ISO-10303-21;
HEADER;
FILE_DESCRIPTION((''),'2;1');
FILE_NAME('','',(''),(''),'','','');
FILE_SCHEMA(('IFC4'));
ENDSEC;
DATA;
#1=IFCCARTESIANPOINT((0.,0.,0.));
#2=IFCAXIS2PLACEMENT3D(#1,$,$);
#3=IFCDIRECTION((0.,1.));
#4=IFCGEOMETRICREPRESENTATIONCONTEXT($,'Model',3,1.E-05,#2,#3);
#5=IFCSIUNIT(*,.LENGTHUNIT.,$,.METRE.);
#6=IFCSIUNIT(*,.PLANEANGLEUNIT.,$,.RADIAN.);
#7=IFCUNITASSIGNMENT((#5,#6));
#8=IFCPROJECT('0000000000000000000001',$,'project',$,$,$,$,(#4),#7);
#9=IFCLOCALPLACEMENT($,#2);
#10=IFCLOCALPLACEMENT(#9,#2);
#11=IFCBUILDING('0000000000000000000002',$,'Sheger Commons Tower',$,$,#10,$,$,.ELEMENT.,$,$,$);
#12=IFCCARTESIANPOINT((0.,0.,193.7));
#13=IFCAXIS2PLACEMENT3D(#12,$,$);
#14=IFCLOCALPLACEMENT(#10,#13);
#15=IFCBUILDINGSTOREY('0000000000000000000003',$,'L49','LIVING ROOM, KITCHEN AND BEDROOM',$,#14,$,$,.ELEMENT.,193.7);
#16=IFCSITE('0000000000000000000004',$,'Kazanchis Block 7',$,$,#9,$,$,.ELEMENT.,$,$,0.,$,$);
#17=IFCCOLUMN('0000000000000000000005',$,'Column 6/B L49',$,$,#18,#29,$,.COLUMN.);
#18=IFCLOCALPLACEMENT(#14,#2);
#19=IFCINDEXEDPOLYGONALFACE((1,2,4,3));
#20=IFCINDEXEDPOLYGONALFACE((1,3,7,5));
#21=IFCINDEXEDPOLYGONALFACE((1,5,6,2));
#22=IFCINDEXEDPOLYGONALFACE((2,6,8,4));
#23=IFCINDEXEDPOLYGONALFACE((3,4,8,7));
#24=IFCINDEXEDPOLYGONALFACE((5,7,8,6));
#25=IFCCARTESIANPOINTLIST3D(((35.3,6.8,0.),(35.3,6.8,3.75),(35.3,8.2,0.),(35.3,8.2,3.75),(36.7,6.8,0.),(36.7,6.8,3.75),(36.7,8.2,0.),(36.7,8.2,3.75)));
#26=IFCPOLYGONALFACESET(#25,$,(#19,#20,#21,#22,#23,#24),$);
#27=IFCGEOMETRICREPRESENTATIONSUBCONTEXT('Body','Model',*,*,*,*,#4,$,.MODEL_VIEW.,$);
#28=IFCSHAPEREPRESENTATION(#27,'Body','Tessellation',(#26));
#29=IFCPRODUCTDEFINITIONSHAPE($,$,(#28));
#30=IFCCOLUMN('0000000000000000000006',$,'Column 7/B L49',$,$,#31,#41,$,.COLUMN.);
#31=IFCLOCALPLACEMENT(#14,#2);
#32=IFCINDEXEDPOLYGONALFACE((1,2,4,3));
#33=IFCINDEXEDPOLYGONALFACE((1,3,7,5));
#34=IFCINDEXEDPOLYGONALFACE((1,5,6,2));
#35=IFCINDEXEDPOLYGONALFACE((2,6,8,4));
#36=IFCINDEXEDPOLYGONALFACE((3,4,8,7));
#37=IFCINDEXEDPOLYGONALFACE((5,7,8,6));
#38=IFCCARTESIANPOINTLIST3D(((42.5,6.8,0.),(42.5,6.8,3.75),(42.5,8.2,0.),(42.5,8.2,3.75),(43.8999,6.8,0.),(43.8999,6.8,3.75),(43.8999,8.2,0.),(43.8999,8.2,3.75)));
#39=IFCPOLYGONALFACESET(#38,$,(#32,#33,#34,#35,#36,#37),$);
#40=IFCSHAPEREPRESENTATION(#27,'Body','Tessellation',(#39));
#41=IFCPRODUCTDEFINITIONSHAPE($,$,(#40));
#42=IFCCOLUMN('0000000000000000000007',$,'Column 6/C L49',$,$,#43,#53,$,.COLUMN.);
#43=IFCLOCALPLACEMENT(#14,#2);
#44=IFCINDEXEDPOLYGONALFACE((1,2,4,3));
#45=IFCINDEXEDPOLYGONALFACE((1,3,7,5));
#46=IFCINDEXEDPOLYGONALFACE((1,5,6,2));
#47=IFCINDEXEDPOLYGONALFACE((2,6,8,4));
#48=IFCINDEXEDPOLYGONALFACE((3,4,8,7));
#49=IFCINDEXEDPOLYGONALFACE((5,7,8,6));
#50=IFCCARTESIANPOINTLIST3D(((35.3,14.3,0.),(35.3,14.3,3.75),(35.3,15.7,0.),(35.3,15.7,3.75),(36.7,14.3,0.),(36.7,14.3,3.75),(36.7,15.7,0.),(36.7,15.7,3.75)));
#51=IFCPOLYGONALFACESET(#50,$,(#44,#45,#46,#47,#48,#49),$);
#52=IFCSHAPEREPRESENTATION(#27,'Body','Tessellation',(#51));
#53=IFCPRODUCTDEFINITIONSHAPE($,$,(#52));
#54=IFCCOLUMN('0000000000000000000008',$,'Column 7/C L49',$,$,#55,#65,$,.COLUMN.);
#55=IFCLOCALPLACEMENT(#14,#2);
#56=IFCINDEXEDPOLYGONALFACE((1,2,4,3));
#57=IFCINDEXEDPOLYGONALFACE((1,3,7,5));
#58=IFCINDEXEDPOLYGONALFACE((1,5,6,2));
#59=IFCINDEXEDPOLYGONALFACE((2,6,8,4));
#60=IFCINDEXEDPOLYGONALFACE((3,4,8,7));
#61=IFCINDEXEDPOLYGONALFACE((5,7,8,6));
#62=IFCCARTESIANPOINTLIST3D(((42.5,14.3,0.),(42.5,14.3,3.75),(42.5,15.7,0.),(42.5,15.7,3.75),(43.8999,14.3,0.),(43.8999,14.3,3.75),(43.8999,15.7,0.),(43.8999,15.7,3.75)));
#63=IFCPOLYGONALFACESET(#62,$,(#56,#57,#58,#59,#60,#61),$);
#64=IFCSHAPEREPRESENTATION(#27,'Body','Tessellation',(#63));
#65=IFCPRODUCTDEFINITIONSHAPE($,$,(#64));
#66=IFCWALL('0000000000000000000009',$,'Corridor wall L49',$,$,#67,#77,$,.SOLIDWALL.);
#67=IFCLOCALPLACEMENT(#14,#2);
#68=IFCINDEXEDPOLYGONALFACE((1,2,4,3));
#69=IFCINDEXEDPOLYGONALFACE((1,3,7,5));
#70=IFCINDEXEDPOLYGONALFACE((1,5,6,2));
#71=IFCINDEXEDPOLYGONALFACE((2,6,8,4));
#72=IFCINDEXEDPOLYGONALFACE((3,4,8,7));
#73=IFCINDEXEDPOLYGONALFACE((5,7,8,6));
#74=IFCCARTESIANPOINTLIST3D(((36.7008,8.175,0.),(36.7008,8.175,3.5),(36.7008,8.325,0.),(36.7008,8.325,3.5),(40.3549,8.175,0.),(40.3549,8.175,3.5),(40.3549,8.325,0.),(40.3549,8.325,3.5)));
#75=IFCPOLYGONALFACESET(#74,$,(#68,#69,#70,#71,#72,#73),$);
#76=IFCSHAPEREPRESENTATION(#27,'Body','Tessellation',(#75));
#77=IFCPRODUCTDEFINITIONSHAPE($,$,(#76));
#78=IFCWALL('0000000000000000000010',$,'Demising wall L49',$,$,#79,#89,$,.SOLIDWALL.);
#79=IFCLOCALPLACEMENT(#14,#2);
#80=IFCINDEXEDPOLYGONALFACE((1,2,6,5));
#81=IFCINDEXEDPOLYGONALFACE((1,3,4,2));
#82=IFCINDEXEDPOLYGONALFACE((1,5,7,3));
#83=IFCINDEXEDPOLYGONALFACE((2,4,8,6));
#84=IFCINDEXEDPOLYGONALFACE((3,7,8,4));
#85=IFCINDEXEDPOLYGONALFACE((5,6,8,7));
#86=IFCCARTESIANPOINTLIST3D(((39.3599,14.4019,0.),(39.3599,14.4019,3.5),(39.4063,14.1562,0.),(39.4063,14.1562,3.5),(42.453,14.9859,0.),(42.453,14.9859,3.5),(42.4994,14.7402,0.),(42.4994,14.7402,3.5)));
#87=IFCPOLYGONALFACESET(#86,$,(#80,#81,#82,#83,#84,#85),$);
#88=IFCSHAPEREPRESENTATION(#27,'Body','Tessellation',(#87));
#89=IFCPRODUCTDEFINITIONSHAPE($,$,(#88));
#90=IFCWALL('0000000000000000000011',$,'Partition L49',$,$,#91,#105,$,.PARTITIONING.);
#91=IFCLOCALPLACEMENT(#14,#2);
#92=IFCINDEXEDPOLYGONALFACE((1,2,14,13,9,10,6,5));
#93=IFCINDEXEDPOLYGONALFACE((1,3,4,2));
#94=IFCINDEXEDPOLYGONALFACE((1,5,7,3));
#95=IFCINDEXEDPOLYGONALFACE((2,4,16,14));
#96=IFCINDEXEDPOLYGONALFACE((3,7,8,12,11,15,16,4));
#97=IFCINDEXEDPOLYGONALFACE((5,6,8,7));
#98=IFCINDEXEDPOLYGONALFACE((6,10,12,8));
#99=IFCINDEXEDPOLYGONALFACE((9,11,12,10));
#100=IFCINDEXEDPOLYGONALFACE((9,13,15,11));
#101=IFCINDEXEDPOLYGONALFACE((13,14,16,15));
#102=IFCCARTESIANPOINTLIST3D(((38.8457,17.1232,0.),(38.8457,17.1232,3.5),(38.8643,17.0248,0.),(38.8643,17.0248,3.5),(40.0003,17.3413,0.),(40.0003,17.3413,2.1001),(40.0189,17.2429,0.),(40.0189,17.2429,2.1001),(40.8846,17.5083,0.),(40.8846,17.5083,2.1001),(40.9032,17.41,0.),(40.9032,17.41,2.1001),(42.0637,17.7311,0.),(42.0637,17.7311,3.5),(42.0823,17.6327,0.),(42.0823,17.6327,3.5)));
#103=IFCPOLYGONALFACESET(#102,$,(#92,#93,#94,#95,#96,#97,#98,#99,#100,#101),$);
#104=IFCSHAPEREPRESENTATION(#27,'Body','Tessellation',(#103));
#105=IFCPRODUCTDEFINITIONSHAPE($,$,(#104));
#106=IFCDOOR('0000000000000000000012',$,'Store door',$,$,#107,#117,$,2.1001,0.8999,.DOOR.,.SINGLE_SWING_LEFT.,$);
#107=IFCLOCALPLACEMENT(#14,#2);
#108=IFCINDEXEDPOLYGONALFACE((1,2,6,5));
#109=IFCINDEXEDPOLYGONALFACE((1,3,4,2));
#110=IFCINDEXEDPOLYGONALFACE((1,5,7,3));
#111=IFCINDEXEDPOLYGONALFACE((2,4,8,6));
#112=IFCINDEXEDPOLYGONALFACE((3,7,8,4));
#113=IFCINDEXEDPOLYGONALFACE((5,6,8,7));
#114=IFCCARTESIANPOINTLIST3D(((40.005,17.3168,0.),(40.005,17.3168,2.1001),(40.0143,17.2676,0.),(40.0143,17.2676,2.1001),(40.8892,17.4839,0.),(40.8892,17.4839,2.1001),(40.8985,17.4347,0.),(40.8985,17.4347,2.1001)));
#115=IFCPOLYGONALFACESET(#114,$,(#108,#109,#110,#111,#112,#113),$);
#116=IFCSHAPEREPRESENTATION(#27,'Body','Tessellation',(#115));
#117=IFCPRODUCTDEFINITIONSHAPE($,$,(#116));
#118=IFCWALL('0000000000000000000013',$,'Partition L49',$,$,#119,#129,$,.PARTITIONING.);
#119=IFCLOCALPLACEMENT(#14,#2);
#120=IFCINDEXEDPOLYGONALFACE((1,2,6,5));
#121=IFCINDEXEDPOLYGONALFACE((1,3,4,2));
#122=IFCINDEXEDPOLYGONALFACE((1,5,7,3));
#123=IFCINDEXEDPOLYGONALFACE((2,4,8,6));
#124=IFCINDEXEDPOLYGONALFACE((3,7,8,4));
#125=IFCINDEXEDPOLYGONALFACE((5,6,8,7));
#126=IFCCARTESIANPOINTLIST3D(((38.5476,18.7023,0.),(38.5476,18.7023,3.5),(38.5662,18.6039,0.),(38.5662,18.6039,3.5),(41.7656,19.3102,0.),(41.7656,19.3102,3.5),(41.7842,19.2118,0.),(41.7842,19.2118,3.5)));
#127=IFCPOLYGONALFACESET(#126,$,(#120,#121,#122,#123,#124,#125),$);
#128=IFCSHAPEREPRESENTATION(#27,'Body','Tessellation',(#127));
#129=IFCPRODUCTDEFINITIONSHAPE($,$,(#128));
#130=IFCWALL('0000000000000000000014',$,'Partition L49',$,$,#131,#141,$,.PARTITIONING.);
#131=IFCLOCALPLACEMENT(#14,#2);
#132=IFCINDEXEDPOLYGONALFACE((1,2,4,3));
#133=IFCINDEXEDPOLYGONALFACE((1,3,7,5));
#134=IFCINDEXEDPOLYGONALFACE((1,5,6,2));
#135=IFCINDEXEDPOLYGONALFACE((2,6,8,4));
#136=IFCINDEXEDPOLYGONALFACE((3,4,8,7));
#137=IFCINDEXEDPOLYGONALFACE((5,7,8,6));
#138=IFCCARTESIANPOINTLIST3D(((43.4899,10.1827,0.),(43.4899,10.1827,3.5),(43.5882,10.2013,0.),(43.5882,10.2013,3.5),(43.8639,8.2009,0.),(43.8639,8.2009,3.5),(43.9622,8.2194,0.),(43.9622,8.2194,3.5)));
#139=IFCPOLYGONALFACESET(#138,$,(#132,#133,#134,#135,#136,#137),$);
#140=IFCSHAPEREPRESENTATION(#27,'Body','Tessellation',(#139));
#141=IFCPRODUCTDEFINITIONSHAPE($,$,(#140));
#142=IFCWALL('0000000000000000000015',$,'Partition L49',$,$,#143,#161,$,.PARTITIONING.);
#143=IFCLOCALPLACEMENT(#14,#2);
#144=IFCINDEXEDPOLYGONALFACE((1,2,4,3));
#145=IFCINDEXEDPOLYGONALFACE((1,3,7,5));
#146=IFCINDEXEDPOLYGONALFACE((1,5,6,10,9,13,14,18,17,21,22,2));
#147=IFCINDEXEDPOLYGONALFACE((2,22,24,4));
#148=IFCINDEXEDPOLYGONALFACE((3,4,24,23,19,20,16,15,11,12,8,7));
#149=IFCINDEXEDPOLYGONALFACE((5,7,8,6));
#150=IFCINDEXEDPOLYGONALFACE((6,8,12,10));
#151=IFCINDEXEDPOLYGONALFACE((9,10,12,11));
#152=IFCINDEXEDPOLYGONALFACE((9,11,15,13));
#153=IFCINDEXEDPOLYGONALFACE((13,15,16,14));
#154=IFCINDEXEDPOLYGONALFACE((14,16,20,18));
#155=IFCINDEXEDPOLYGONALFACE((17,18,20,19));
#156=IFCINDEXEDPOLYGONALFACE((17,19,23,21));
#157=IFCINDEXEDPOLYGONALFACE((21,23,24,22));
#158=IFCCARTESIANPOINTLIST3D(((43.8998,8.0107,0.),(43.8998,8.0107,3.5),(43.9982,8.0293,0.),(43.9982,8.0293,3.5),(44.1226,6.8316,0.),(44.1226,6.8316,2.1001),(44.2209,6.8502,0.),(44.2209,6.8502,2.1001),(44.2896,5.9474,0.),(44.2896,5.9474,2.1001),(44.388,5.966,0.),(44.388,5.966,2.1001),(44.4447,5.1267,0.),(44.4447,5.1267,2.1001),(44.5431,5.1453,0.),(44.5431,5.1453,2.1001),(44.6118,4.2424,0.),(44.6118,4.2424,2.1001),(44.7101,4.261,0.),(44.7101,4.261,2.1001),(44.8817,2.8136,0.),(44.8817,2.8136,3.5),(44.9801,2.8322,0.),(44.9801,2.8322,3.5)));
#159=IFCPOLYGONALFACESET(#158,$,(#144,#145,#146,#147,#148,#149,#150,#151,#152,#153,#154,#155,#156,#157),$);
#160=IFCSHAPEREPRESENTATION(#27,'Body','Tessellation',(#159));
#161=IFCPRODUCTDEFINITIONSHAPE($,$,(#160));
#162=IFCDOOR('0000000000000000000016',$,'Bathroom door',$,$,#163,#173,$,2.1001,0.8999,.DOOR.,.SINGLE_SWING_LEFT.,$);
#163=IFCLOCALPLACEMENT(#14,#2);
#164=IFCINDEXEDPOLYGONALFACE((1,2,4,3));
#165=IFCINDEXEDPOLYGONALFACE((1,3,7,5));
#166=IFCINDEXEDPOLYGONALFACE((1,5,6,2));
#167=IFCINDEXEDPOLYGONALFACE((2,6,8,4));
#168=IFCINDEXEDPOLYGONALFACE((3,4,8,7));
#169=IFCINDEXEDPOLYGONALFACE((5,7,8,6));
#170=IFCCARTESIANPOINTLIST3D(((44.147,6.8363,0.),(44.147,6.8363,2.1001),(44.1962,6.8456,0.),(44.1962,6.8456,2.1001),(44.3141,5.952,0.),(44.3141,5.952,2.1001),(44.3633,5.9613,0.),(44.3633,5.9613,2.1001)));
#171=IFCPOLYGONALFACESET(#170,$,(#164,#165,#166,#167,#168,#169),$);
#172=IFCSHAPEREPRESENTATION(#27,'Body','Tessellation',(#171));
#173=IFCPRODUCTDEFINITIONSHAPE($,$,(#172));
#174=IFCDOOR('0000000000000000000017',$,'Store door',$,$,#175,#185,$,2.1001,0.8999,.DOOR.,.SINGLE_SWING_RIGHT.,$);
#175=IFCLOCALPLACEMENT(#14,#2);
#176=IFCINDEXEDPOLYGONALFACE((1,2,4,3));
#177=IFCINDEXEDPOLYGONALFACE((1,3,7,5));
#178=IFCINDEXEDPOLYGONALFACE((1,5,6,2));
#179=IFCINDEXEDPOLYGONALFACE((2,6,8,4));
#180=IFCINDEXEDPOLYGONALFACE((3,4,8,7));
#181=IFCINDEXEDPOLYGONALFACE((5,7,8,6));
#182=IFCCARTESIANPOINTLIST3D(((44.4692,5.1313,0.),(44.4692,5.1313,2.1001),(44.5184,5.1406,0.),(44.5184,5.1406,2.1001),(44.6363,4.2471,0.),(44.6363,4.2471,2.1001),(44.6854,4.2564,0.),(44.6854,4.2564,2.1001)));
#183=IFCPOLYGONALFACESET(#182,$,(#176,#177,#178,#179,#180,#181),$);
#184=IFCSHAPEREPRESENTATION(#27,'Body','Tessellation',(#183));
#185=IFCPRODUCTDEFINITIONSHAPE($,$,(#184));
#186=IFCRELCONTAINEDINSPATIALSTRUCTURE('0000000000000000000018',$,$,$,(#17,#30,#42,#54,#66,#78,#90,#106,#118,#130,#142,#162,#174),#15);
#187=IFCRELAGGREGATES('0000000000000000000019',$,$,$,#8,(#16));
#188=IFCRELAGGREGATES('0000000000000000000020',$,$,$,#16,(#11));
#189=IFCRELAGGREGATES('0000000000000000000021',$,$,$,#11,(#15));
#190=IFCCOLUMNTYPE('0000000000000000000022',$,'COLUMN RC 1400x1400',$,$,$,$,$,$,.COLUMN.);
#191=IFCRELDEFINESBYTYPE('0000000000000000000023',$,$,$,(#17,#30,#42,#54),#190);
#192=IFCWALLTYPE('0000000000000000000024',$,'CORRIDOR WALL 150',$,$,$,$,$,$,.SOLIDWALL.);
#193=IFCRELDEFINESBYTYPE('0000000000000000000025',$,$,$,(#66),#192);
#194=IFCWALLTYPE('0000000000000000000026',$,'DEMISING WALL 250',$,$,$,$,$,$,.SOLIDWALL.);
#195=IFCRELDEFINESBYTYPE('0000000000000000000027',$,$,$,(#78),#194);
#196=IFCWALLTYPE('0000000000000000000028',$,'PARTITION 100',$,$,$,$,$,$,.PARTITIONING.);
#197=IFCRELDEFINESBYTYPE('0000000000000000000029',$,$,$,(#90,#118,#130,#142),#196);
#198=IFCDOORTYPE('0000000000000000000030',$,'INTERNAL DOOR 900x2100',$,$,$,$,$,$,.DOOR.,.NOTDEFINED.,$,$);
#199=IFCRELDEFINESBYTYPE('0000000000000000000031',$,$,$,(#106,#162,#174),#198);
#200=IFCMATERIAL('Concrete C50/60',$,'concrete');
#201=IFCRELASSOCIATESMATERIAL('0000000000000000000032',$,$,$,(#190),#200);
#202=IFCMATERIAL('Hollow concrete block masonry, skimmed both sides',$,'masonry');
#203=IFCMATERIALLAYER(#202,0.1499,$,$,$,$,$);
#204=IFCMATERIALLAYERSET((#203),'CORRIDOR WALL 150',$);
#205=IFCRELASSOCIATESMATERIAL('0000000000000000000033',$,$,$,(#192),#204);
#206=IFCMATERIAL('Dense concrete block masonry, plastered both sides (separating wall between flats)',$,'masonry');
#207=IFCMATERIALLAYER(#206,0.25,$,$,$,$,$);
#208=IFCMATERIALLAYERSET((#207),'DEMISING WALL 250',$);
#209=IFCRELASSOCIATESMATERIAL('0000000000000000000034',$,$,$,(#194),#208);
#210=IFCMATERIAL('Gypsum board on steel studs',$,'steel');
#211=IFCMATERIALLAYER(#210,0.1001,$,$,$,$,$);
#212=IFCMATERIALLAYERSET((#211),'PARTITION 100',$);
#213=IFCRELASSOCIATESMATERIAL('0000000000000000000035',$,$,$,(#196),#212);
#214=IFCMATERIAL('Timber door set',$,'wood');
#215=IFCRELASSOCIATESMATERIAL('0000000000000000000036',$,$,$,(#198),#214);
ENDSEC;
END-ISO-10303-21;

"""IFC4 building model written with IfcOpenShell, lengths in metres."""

from ifc_helpers import new_model, si_unit, direction, frame, frame_2d, origin, origin_2d, place, context, subcontext, project, spatial, rectangle, extrude, material, layer, layer_set, material_profile, profile_set, type_object, element, fill, save


model = new_model("IFC4")

# Units and contexts
model_context = context("Model", 3, precision=1e-05, world=origin(), true_north=direction((0.0, 1.0)))
body_context = subcontext(model_context, "Body", "Model", "MODEL_VIEW")
ifc_project = project(units=[si_unit("LENGTHUNIT", "METRE"), si_unit("PLANEANGLEUNIT", "RADIAN")], contexts=[model_context])

# Site, building, storey
site_placement = place(None, origin())
site = spatial("IfcSite", under=ifc_project, at=site_placement, Name="Kazanchis Block 7", CompositionType="ELEMENT", RefElevation=0.0)
building_placement = place(site_placement, origin())
building = spatial("IfcBuilding", under=site, at=building_placement, Name="Sheger Commons Tower", CompositionType="ELEMENT")
storey_placement = place(building_placement, frame((0.0, 0.0, 193.7)))
storey = spatial("IfcBuildingStorey", under=building, at=storey_placement, Name="L49", Description="LIVING ROOM, KITCHEN AND BEDROOM", CompositionType="ELEMENT", Elevation=193.7)

# Columns
ifc_material_1 = material(Name="Concrete C50/60", Category="concrete")
ifc_material_profile = material_profile(ifc_material_1, rectangle(XDim=1.3999, YDim=1.3999, at=origin_2d()), Name="RC 1400x1400")
ifc_profile_set = profile_set([ifc_material_profile], Name="Concrete C50/60")
column_type = type_object("IfcColumnType", Name="COLUMN RC 1400x1400", PredefinedType="COLUMN", material=ifc_profile_set)
for number, where, z_axis, x_axis, name in (
    (1, (36.0, 7.5, 0.0), (0.0, 0.0, 1.0), (1.0, 0.0, 0.0), "Column 6/B L49"),
    (2, (43.2, 7.5, 0.0), (0.0, 0.0, 1.0), (1.0, 0.0, 0.0), "Column 7/B L49"),
    (3, (36.0, 15.0, 0.0), (0.0, 0.0, 1.0), (1.0, 0.0, 0.0), "Column 6/C L49"),
    (4, (43.2, 15.0, 0.0), (0.0, 0.0, 1.0), (1.0, 0.0, 0.0), "Column 7/C L49"),
):
    element("IfcColumn", number, at=place(storey_placement, frame(where, z_axis=z_axis, x_axis=x_axis)), inside=storey, type_object=column_type, Name=name, PredefinedType="COLUMN", context=body_context, shape_type="SweptSolid", body=[
        extrude(rectangle(XDim=1.3999, YDim=1.3999, at=origin_2d()), origin(), (0.0, 0.0, 1.0), 3.75),
    ])

# Walls
ifc_material_2 = material(Name="Hollow concrete block masonry, skimmed both sides", Category="masonry")
ifc_layer_1 = layer(ifc_material_2, 0.1499)
ifc_layer_set_1 = layer_set([ifc_layer_1], Name="CORRIDOR WALL 150")
wall_type_1 = type_object("IfcWallType", Name="CORRIDOR WALL 150", PredefinedType="SOLIDWALL", material=ifc_layer_set_1)
wall_1_placement = place(storey_placement, frame((40.355, 8.25, 0.0), z_axis=(0.0, 0.0, 1.0), x_axis=(-1.0, 0.0, 0.0)))
element("IfcWall", 5, at=wall_1_placement, inside=storey, type_object=wall_type_1, Name="Corridor wall L49", PredefinedType="SOLIDWALL", context=body_context, shape_type="SweptSolid", body=[
    extrude(rectangle(XDim=3.6541, YDim=0.1499, at=frame_2d((1.8271, 0.0))), origin(), (0.0, 0.0, 1.0), 3.5),
])
ifc_material_3 = material(Name="Dense concrete block masonry, plastered both sides (separating wall between flats)", Category="masonry")
ifc_layer_2 = layer(ifc_material_3, 0.25)
ifc_layer_set_2 = layer_set([ifc_layer_2], Name="DEMISING WALL 250")
wall_type_2 = type_object("IfcWallType", Name="DEMISING WALL 250", PredefinedType="SOLIDWALL", material=ifc_layer_set_2)
wall_2_placement = place(storey_placement, frame((42.4761, 14.863, 0.0), z_axis=(0.0, 0.0, 1.0), x_axis=(-0.982639, -0.185529, 0.0)))
element("IfcWall", 6, at=wall_2_placement, inside=storey, type_object=wall_type_2, Name="Demising wall L49", PredefinedType="SOLIDWALL", context=body_context, shape_type="SweptSolid", body=[
    extrude(rectangle(XDim=3.1477, YDim=0.25, at=frame_2d((1.5737, 0.0))), origin(), (0.0, 0.0, 1.0), 3.5),
])

# Wall, opening, door
ifc_material_4 = material(Name="Gypsum board on steel studs", Category="steel")
ifc_layer_3 = layer(ifc_material_4, 0.1001)
ifc_layer_set_3 = layer_set([ifc_layer_3], Name="PARTITION 100")
wall_type_3 = type_object("IfcWallType", Name="PARTITION 100", PredefinedType="PARTITIONING", material=ifc_layer_set_3)
wall_3_placement = place(storey_placement, frame((42.073, 17.6819, 0.0), z_axis=(0.0, 0.0, 1.0), x_axis=(-0.982621, -0.185625, 0.0)))
wall_3 = element("IfcWall", 7, at=wall_3_placement, inside=storey, type_object=wall_type_3, Name="Partition L49", PredefinedType="PARTITIONING", context=body_context, shape_type="SweptSolid", body=[
    extrude(rectangle(XDim=3.2749, YDim=0.1001, at=frame_2d((1.6375, 0.0))), origin(), (0.0, 0.0, 1.0), 3.5),
])
opening_1_placement = place(wall_3_placement, frame((1.2, 0.0, 0.0)))
opening_1 = element("IfcOpeningElement", 8, at=opening_1_placement, cuts=wall_3, PredefinedType="OPENING", context=body_context, shape_type="SweptSolid", body=[
    extrude(rectangle(XDim=0.8999, YDim=2.1001, at=frame_2d((0.45, 1.05))), frame((0.0, 0.0601, 0.0), z_axis=(0.0, -1.0, 0.0), x_axis=(1.0, 0.0, 0.0)), (0.0, 0.0, 1.0), 0.1201),
])
ifc_material_5 = material(Name="Timber door set", Category="wood")
door_type_1 = type_object("IfcDoorType", Name="INTERNAL DOOR 900x2100", OperationType="NOTDEFINED", PredefinedType="DOOR", material=ifc_material_5)
door_1_placement = place(opening_1_placement, origin())
door_1 = element("IfcDoor", 9, at=door_1_placement, inside=storey, type_object=door_type_1, Name="Store door", OperationType="SINGLE_SWING_LEFT", OverallHeight=2.1001, OverallWidth=0.8999, PredefinedType="DOOR", context=body_context, shape_type="SweptSolid", body=[
    extrude(rectangle(XDim=0.8999, YDim=2.1001, at=frame_2d((0.45, 1.05))), frame((0.0, 0.0249, 0.0), z_axis=(0.0, -1.0, 0.0), x_axis=(1.0, 0.0, 0.0)), (0.0, 0.0, 1.0), 0.05),
])
fill(opening_1, door_1)

# Walls
wall_4_placement = place(storey_placement, frame((41.7749, 19.261, 0.0), z_axis=(0.0, 0.0, 1.0), x_axis=(-0.982621, -0.185625, 0.0)))
element("IfcWall", 10, at=wall_4_placement, inside=storey, type_object=wall_type_3, Name="Partition L49", PredefinedType="PARTITIONING", context=body_context, shape_type="SweptSolid", body=[
    extrude(rectangle(XDim=3.2749, YDim=0.1001, at=frame_2d((1.6375, 0.0))), origin(), (0.0, 0.0, 1.0), 3.5),
])
wall_5_placement = place(storey_placement, frame((43.5391, 10.1919, 0.0), z_axis=(0.0, 0.0, 1.0), x_axis=(0.185443, -0.982655, 0.0)))
element("IfcWall", 11, at=wall_5_placement, inside=storey, type_object=wall_type_3, Name="Partition L49", PredefinedType="PARTITIONING", context=body_context, shape_type="SweptSolid", body=[
    extrude(rectangle(XDim=2.0168, YDim=0.1001, at=frame_2d((1.0083, 0.0))), origin(), (0.0, 0.0, 1.0), 3.5),
])

# Wall, openings, doors
wall_6_placement = place(storey_placement, frame((43.949, 8.02, 0.0), z_axis=(0.0, 0.0, 1.0), x_axis=(0.185657, -0.982615, 0.0)))
wall_6 = element("IfcWall", 12, at=wall_6_placement, inside=storey, type_object=wall_type_3, Name="Partition L49", PredefinedType="PARTITIONING", context=body_context, shape_type="SweptSolid", body=[
    extrude(rectangle(XDim=5.2891, YDim=0.1001, at=frame_2d((2.6445, 0.0))), origin(), (0.0, 0.0, 1.0), 3.5),
])
opening_2_placement = place(wall_6_placement, frame((1.2, 0.0, 0.0)))
opening_2 = element("IfcOpeningElement", 13, at=opening_2_placement, cuts=wall_6, PredefinedType="OPENING", context=body_context, shape_type="SweptSolid", body=[
    extrude(rectangle(XDim=0.8999, YDim=2.1001, at=frame_2d((0.45, 1.05))), frame((0.0, 0.0601, 0.0), z_axis=(0.0, -1.0, 0.0), x_axis=(1.0, 0.0, 0.0)), (0.0, 0.0, 1.0), 0.1201),
])
opening_3_placement = place(wall_6_placement, frame((2.9351, 0.0, 0.0)))
opening_3 = element("IfcOpeningElement", 14, at=opening_3_placement, cuts=wall_6, PredefinedType="OPENING", context=body_context, shape_type="SweptSolid", body=[
    extrude(rectangle(XDim=0.8999, YDim=2.1001, at=frame_2d((0.45, 1.05))), frame((0.0, 0.0601, 0.0), z_axis=(0.0, -1.0, 0.0), x_axis=(1.0, 0.0, 0.0)), (0.0, 0.0, 1.0), 0.1201),
])
door_2_placement = place(opening_2_placement, origin())
door_2 = element("IfcDoor", 15, at=door_2_placement, inside=storey, type_object=door_type_1, Name="Bathroom door", OperationType="SINGLE_SWING_LEFT", OverallHeight=2.1001, OverallWidth=0.8999, PredefinedType="DOOR", context=body_context, shape_type="SweptSolid", body=[
    extrude(rectangle(XDim=0.8999, YDim=2.1001, at=frame_2d((0.45, 1.05))), frame((0.0, 0.0249, 0.0), z_axis=(0.0, -1.0, 0.0), x_axis=(1.0, 0.0, 0.0)), (0.0, 0.0, 1.0), 0.05),
])
fill(opening_2, door_2)
door_3_placement = place(opening_3_placement, origin())
door_3 = element("IfcDoor", 16, at=door_3_placement, inside=storey, type_object=door_type_1, Name="Store door", OperationType="SINGLE_SWING_RIGHT", OverallHeight=2.1001, OverallWidth=0.8999, PredefinedType="DOOR", context=body_context, shape_type="SweptSolid", body=[
    extrude(rectangle(XDim=0.8999, YDim=2.1001, at=frame_2d((0.45, 1.05))), frame((0.0, 0.0249, 0.0), z_axis=(0.0, -1.0, 0.0), x_axis=(1.0, 0.0, 0.0)), (0.0, 0.0, 1.0), 0.05),
])
fill(opening_3, door_3)

save(model, "model.ifc")
